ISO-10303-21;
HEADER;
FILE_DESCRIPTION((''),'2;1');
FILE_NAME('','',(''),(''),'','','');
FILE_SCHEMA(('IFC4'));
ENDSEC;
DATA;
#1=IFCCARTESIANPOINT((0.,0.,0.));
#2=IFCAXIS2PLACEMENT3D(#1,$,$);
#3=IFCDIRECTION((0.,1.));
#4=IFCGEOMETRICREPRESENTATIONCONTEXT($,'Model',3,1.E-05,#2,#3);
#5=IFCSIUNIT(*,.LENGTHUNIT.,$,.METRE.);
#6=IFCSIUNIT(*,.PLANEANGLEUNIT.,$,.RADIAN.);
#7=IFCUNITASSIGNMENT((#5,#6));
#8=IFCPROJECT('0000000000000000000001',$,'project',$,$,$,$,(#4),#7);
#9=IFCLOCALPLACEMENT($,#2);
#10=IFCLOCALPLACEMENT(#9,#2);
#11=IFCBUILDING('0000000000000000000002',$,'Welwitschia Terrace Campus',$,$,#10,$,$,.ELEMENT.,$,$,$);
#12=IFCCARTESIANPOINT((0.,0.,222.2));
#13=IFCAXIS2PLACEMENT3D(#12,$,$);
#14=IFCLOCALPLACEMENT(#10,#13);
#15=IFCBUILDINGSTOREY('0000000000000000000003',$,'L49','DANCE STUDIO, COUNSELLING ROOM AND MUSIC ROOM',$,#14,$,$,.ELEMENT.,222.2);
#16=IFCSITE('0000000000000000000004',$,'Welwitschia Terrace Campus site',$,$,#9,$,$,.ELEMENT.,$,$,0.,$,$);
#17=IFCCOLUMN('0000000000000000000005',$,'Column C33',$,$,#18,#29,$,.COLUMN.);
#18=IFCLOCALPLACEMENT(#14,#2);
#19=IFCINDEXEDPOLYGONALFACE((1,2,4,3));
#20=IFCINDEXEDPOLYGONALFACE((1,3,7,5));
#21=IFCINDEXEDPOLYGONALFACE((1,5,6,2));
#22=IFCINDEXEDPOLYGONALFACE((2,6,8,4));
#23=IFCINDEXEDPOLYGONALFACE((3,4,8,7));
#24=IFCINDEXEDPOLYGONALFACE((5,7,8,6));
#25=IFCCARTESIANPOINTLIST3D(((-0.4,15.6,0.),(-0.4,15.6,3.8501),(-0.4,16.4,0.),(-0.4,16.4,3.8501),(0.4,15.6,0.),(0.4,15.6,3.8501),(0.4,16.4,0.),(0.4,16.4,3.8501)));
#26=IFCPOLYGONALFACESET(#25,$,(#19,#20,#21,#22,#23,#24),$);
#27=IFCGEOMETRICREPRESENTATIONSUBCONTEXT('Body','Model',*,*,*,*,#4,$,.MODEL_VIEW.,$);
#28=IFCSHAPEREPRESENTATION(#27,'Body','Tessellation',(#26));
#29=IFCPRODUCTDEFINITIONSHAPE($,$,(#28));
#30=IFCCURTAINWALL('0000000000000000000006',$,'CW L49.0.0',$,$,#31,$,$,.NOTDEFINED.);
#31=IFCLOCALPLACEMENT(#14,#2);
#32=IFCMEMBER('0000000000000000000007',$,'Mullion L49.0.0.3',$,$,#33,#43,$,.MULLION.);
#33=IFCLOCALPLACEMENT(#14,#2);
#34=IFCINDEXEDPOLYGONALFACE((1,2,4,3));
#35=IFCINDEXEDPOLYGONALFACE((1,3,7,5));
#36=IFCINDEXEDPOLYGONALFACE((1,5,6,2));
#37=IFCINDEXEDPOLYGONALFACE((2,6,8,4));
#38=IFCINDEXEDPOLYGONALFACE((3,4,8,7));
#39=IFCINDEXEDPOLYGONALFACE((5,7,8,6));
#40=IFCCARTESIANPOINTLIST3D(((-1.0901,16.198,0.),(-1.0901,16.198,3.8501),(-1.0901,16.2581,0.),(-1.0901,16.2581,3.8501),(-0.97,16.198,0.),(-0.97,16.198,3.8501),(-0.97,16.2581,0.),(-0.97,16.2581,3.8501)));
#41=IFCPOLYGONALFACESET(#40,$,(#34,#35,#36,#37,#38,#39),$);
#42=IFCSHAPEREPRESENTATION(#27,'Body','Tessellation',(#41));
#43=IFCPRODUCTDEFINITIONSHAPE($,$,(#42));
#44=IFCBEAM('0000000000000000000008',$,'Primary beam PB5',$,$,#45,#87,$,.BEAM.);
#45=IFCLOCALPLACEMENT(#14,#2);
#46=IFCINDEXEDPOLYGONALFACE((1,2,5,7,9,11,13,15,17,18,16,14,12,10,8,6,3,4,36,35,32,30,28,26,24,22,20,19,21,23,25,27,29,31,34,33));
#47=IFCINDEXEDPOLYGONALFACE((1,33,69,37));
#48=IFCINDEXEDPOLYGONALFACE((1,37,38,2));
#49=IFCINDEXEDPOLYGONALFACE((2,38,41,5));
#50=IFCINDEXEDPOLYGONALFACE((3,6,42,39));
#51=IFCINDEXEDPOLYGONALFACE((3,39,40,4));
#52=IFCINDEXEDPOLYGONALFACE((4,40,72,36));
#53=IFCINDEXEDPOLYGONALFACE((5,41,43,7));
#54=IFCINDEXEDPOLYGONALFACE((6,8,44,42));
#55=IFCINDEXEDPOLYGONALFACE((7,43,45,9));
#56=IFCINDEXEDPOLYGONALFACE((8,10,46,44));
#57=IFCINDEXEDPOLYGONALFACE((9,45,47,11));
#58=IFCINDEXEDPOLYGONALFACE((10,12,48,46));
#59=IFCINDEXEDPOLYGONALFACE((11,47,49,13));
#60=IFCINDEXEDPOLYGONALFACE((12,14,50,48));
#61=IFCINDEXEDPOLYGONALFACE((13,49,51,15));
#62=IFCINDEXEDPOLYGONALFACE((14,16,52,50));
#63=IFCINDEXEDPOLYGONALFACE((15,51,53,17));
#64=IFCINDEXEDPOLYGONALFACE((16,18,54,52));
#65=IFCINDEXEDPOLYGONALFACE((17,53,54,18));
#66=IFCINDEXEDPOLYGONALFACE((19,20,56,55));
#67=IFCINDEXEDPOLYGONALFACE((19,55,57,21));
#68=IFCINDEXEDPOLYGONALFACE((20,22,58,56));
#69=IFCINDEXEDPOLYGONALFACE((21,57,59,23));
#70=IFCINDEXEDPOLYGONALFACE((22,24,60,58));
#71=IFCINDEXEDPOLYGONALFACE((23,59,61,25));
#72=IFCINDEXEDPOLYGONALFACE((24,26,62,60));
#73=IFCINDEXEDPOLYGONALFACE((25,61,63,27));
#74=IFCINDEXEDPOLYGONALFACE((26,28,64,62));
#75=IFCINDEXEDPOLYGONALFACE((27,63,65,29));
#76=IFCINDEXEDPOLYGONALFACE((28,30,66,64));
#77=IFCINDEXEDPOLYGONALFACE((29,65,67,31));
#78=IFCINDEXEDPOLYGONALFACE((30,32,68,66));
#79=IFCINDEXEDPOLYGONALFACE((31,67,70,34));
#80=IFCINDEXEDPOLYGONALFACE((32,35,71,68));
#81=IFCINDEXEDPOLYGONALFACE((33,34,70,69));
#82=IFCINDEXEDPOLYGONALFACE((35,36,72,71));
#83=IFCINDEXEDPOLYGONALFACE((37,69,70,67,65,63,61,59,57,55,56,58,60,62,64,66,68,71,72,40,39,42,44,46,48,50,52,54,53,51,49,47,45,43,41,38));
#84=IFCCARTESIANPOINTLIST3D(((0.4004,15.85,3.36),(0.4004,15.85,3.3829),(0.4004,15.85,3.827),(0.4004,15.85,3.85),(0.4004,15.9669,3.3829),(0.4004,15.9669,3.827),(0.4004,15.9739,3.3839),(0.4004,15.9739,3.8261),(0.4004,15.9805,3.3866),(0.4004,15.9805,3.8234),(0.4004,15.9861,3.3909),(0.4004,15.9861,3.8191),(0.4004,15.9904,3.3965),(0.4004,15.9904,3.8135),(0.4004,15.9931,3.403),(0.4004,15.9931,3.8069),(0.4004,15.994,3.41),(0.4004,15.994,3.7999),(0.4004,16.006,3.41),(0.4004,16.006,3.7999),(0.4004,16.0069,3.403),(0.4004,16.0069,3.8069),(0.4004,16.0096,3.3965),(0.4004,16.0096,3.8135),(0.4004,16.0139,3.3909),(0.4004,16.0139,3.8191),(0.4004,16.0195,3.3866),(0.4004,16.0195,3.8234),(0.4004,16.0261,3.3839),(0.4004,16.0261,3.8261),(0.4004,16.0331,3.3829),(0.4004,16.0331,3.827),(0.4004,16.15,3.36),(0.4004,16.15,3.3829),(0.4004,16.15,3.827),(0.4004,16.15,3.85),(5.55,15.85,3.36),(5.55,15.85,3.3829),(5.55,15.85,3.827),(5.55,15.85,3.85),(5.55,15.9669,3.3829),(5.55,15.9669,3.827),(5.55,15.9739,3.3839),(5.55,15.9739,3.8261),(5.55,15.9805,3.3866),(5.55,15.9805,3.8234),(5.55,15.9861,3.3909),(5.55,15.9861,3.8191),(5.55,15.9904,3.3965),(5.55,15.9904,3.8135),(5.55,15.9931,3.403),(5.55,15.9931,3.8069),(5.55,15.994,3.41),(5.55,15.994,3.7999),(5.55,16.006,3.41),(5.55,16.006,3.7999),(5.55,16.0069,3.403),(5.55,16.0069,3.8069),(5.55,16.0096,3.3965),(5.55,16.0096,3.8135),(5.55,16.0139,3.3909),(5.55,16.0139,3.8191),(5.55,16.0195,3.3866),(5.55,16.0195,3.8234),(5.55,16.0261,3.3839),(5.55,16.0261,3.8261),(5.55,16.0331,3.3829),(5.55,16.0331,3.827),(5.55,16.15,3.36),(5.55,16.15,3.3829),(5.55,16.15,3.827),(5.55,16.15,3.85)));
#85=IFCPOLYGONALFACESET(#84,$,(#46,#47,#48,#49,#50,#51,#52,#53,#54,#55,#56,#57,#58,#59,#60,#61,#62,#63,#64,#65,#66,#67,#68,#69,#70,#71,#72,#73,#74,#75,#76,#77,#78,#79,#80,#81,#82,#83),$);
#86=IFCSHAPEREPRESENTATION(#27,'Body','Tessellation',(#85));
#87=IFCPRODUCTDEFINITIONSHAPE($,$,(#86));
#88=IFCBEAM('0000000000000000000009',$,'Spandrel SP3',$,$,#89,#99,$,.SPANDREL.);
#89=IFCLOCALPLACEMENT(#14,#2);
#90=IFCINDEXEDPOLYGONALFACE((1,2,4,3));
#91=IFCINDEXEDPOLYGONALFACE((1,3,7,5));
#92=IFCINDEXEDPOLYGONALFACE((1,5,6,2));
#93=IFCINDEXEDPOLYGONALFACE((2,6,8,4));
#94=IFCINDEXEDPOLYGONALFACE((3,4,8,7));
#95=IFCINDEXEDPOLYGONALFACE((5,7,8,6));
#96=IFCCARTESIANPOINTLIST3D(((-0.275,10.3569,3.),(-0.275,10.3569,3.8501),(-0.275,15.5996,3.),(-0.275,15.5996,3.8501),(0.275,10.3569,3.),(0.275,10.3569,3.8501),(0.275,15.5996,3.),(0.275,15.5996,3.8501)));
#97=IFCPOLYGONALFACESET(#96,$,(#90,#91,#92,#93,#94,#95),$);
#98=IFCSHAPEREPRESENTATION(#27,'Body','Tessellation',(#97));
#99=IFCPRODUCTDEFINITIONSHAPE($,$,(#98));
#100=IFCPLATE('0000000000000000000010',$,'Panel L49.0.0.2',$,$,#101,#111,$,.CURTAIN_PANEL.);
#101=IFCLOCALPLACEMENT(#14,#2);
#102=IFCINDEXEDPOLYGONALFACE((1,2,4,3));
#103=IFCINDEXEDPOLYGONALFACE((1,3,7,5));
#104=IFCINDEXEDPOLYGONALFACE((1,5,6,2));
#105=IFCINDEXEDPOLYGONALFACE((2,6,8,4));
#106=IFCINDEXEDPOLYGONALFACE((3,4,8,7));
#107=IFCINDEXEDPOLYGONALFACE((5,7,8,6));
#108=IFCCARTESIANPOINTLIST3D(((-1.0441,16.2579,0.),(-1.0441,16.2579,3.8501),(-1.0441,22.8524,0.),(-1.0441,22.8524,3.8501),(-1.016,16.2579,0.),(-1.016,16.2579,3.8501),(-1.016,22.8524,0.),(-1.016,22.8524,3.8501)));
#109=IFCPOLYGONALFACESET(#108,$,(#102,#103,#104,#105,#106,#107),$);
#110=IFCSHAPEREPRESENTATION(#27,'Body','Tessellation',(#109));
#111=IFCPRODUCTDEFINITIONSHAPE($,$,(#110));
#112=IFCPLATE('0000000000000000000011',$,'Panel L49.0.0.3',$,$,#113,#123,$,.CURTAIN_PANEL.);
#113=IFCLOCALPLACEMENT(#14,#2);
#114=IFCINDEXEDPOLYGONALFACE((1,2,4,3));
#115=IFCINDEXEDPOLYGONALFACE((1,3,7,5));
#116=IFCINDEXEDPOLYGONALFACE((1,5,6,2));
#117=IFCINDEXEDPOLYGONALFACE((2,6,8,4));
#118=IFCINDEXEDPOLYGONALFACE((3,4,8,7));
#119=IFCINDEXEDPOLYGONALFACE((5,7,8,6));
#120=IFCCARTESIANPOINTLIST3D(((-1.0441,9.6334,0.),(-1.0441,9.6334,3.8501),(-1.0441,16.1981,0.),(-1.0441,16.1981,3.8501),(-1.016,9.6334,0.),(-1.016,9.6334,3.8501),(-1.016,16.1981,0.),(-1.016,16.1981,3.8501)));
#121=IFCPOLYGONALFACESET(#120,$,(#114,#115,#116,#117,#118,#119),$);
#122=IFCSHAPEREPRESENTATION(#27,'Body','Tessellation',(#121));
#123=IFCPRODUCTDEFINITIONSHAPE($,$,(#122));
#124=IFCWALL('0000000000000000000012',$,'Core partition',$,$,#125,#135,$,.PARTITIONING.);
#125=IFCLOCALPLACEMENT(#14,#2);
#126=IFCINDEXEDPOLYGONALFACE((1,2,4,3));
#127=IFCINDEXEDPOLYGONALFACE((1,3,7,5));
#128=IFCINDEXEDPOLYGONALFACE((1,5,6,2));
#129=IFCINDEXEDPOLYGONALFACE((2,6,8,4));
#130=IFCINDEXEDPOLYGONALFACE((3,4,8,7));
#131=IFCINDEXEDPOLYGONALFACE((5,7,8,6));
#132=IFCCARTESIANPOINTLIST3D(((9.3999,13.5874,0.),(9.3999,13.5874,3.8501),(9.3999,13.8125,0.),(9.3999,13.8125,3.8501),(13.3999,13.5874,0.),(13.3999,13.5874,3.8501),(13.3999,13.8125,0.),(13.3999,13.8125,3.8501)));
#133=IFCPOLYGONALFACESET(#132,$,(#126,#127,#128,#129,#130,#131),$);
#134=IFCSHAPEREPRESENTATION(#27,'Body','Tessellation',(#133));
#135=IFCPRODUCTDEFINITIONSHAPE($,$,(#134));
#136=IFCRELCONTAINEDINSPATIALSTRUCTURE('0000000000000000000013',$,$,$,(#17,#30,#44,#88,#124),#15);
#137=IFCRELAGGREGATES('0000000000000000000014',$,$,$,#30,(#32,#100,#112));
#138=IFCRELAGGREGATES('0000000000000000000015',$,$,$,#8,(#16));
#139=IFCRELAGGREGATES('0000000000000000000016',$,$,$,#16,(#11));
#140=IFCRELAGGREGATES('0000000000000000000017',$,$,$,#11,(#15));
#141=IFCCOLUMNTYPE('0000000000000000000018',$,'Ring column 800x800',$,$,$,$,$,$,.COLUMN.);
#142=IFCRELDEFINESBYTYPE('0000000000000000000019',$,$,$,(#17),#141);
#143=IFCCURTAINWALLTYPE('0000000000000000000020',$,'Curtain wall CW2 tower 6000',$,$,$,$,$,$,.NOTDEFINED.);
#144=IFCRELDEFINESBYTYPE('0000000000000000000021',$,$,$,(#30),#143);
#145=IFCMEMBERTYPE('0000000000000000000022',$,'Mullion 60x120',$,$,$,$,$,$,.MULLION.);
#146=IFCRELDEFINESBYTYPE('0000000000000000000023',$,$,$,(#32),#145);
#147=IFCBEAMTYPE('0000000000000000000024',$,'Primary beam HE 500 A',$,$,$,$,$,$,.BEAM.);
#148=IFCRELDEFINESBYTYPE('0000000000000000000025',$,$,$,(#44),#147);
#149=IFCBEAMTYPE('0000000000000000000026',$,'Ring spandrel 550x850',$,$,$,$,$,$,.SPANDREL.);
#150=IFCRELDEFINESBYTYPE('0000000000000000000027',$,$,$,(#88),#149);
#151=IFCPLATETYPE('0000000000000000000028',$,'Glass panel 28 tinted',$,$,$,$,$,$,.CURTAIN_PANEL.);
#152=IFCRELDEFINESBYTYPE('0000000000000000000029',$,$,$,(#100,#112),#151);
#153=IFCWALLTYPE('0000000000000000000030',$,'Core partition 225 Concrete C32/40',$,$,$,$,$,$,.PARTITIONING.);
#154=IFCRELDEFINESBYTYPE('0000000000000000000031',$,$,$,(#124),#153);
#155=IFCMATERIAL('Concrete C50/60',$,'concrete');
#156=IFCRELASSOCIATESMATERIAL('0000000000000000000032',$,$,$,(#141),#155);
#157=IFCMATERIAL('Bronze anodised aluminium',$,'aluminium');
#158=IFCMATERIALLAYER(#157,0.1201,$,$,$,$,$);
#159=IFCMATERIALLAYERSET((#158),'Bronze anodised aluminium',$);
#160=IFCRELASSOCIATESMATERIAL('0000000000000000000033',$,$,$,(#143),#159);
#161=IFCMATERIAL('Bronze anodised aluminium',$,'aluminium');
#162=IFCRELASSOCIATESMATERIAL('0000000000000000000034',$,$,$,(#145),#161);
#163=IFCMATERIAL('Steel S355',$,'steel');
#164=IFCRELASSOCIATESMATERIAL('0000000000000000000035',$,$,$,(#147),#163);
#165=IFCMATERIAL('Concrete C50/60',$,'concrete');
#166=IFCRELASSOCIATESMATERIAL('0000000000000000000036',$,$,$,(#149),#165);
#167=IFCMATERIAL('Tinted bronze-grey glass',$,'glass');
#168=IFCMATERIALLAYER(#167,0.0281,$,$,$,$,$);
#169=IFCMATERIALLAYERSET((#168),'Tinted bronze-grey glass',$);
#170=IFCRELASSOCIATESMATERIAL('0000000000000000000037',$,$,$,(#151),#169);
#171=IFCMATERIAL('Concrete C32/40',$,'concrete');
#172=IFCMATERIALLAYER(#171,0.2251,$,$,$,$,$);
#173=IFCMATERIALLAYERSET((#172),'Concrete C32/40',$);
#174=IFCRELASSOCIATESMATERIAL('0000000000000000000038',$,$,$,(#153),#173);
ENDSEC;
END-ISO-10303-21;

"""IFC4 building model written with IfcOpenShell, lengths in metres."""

from ifc_helpers import new_model, si_unit, direction, frame, frame_2d, origin, origin_2d, place, context, subcontext, project, spatial, rectangle, i_section, extrude, material, layer, layer_set, material_profile, profile_set, type_object, element, aggregate, save


model = new_model("IFC4")

# Units and contexts
model_context = context("Model", 3, precision=1e-05, world=origin(), true_north=direction((0.0, 1.0)))
body_context = subcontext(model_context, "Body", "Model", "MODEL_VIEW")
ifc_project = project(units=[si_unit("LENGTHUNIT", "METRE"), si_unit("PLANEANGLEUNIT", "RADIAN")], contexts=[model_context])

# Site, building, storey
site_placement = place(None, origin())
site = spatial("IfcSite", under=ifc_project, at=site_placement, Name="Welwitschia Terrace Campus site", CompositionType="ELEMENT", RefElevation=0.0)
building_placement = place(site_placement, origin())
building = spatial("IfcBuilding", under=site, at=building_placement, Name="Welwitschia Terrace Campus", CompositionType="ELEMENT")
storey_placement = place(building_placement, frame((0.0, 0.0, 222.2)))
storey = spatial("IfcBuildingStorey", under=building, at=storey_placement, Name="L49", Description="DANCE STUDIO, COUNSELLING ROOM AND MUSIC ROOM", CompositionType="ELEMENT", Elevation=222.2)

# Column
ifc_material_1 = material(Name="Concrete C50/60", Category="concrete")
ifc_material_profile_1 = material_profile(ifc_material_1, rectangle(XDim=0.8, YDim=0.8, at=origin_2d()))
ifc_profile_set_1 = profile_set([ifc_material_profile_1], Name="Concrete C50/60")
column_type = type_object("IfcColumnType", Name="Ring column 800x800", PredefinedType="COLUMN", material=ifc_profile_set_1)
column_placement = place(storey_placement, frame((0.0, 16.0, 0.0), z_axis=(0.0, 0.0, 1.0), x_axis=(1.0, 0.0, 0.0)))
element("IfcColumn", 1, at=column_placement, inside=storey, type_object=column_type, Name="Column C33", PredefinedType="COLUMN", context=body_context, shape_type="SweptSolid", body=[
    extrude(rectangle(XDim=0.8, YDim=0.8, at=origin_2d()), origin(), (0.0, 0.0, 1.0), 3.8501),
])

# Curtain wall, member
ifc_material_2 = material(Name="Bronze anodised aluminium", Category="aluminium")
ifc_layer_1 = layer(ifc_material_2, 0.1201)
ifc_layer_set_1 = layer_set([ifc_layer_1], Name="Bronze anodised aluminium")
curtain_wall_type = type_object("IfcCurtainWallType", Name="Curtain wall CW2 tower 6000", PredefinedType="NOTDEFINED", material=ifc_layer_set_1)
curtain_wall_placement = place(storey_placement, origin())
curtain_wall = element("IfcCurtainWall", 2, at=curtain_wall_placement, inside=storey, type_object=curtain_wall_type, Name="CW L49.0.0", PredefinedType="NOTDEFINED")
ifc_material_3 = material(Name="Bronze anodised aluminium", Category="aluminium")
ifc_material_profile_2 = material_profile(ifc_material_3, rectangle(XDim=0.1201, YDim=0.0601, at=origin_2d()))
ifc_profile_set_2 = profile_set([ifc_material_profile_2], Name="Bronze anodised aluminium")
member_type = type_object("IfcMemberType", Name="Mullion 60x120", PredefinedType="MULLION", material=ifc_profile_set_2)
member_placement = place(storey_placement, frame((-1.03, 16.228, 0.0), z_axis=(0.0, 0.0, 1.0), x_axis=(1.0, 0.0, 0.0)))
member = element("IfcMember", 3, at=member_placement, type_object=member_type, Name="Mullion L49.0.0.3", PredefinedType="MULLION", context=body_context, shape_type="SweptSolid", body=[
    extrude(rectangle(XDim=0.1201, YDim=0.0601, at=origin_2d()), origin(), (0.0, 0.0, 1.0), 3.8501),
])

# Beams
ifc_material_4 = material(Name="Steel S355", Category="steel")
ifc_material_profile_3 = material_profile(ifc_material_4, i_section(OverallWidth=0.3, OverallDepth=0.49, WebThickness=0.012, FlangeThickness=0.0229, FilletRadius=0.0271, at=origin_2d()))
ifc_profile_set_3 = profile_set([ifc_material_profile_3], Name="Steel S355")
beam_type_1 = type_object("IfcBeamType", Name="Primary beam HE 500 A", PredefinedType="BEAM", material=ifc_profile_set_3)
beam_1_placement = place(storey_placement, frame((0.4004, 16.0, 3.605), z_axis=(1.0, 0.0, 0.0), x_axis=(0.0, 1.0, 0.0)))
element("IfcBeam", 4, at=beam_1_placement, inside=storey, type_object=beam_type_1, Name="Primary beam PB5", PredefinedType="BEAM", context=body_context, shape_type="SweptSolid", body=[
    extrude(i_section(OverallWidth=0.3, OverallDepth=0.49, WebThickness=0.012, FlangeThickness=0.0229, FilletRadius=0.0271, at=origin_2d()), origin(), (0.0, 0.0, 1.0), 5.1497),
])
ifc_material_5 = material(Name="Concrete C50/60", Category="concrete")
ifc_material_profile_4 = material_profile(ifc_material_5, rectangle(XDim=0.55, YDim=0.8501, at=origin_2d()))
ifc_profile_set_4 = profile_set([ifc_material_profile_4], Name="Concrete C50/60")
beam_type_2 = type_object("IfcBeamType", Name="Ring spandrel 550x850", PredefinedType="SPANDREL", material=ifc_profile_set_4)
beam_2_placement = place(storey_placement, frame((0.0, 15.5996, 3.425), z_axis=(0.0, -1.0, 0.0), x_axis=(1.0, 0.0, 0.0)))
element("IfcBeam", 5, at=beam_2_placement, inside=storey, type_object=beam_type_2, Name="Spandrel SP3", PredefinedType="SPANDREL", context=body_context, shape_type="SweptSolid", body=[
    extrude(rectangle(XDim=0.55, YDim=0.8501, at=origin_2d()), origin(), (0.0, 0.0, 1.0), 5.2427),
])

# Plates
ifc_material_6 = material(Name="Tinted bronze-grey glass", Category="glass")
ifc_layer_2 = layer(ifc_material_6, 0.0281)
ifc_layer_set_2 = layer_set([ifc_layer_2], Name="Tinted bronze-grey glass")
plate_type = type_object("IfcPlateType", Name="Glass panel 28 tinted", PredefinedType="CURTAIN_PANEL", material=ifc_layer_set_2)
plate_1_placement = place(storey_placement, frame((-1.03, 19.5552, 0.0), z_axis=(0.0, 0.0, 1.0), x_axis=(0.0, -1.0, 0.0)))
plate_1 = element("IfcPlate", 6, at=plate_1_placement, type_object=plate_type, Name="Panel L49.0.0.2", PredefinedType="CURTAIN_PANEL", context=body_context, shape_type="SweptSolid", body=[
    extrude(rectangle(XDim=6.5945, YDim=0.0281, at=origin_2d()), origin(), (0.0, 0.0, 1.0), 3.8501),
])
plate_2_placement = place(storey_placement, frame((-1.03, 12.9158, 0.0), z_axis=(0.0, 0.0, 1.0), x_axis=(0.0, -1.0, 0.0)))
plate_2 = element("IfcPlate", 7, at=plate_2_placement, type_object=plate_type, Name="Panel L49.0.0.3", PredefinedType="CURTAIN_PANEL", context=body_context, shape_type="SweptSolid", body=[
    extrude(rectangle(XDim=6.5647, YDim=0.0281, at=origin_2d()), origin(), (0.0, 0.0, 1.0), 3.8501),
])
aggregate(curtain_wall, [member, plate_1, plate_2])

# Wall
ifc_material_7 = material(Name="Concrete C32/40", Category="concrete")
ifc_layer_3 = layer(ifc_material_7, 0.2251)
ifc_layer_set_3 = layer_set([ifc_layer_3], Name="Concrete C32/40")
wall_type_1 = type_object("IfcWallType", Name="Core partition 225 Concrete C32/40", PredefinedType="PARTITIONING", material=ifc_layer_set_3)
wall_1_placement = place(storey_placement, frame((9.3999, 13.7, 0.0), z_axis=(0.0, 0.0, 1.0), x_axis=(1.0, 0.0, 0.0)))
element("IfcWall", 8, at=wall_1_placement, inside=storey, type_object=wall_type_1, Name="Core partition", PredefinedType="PARTITIONING", context=body_context, shape_type="SweptSolid", body=[
    extrude(rectangle(XDim=4.0, YDim=0.2251, at=frame_2d((2.0, 0.0))), origin(), (0.0, 0.0, 1.0), 3.8501),
])

save(model, "model.ifc")
